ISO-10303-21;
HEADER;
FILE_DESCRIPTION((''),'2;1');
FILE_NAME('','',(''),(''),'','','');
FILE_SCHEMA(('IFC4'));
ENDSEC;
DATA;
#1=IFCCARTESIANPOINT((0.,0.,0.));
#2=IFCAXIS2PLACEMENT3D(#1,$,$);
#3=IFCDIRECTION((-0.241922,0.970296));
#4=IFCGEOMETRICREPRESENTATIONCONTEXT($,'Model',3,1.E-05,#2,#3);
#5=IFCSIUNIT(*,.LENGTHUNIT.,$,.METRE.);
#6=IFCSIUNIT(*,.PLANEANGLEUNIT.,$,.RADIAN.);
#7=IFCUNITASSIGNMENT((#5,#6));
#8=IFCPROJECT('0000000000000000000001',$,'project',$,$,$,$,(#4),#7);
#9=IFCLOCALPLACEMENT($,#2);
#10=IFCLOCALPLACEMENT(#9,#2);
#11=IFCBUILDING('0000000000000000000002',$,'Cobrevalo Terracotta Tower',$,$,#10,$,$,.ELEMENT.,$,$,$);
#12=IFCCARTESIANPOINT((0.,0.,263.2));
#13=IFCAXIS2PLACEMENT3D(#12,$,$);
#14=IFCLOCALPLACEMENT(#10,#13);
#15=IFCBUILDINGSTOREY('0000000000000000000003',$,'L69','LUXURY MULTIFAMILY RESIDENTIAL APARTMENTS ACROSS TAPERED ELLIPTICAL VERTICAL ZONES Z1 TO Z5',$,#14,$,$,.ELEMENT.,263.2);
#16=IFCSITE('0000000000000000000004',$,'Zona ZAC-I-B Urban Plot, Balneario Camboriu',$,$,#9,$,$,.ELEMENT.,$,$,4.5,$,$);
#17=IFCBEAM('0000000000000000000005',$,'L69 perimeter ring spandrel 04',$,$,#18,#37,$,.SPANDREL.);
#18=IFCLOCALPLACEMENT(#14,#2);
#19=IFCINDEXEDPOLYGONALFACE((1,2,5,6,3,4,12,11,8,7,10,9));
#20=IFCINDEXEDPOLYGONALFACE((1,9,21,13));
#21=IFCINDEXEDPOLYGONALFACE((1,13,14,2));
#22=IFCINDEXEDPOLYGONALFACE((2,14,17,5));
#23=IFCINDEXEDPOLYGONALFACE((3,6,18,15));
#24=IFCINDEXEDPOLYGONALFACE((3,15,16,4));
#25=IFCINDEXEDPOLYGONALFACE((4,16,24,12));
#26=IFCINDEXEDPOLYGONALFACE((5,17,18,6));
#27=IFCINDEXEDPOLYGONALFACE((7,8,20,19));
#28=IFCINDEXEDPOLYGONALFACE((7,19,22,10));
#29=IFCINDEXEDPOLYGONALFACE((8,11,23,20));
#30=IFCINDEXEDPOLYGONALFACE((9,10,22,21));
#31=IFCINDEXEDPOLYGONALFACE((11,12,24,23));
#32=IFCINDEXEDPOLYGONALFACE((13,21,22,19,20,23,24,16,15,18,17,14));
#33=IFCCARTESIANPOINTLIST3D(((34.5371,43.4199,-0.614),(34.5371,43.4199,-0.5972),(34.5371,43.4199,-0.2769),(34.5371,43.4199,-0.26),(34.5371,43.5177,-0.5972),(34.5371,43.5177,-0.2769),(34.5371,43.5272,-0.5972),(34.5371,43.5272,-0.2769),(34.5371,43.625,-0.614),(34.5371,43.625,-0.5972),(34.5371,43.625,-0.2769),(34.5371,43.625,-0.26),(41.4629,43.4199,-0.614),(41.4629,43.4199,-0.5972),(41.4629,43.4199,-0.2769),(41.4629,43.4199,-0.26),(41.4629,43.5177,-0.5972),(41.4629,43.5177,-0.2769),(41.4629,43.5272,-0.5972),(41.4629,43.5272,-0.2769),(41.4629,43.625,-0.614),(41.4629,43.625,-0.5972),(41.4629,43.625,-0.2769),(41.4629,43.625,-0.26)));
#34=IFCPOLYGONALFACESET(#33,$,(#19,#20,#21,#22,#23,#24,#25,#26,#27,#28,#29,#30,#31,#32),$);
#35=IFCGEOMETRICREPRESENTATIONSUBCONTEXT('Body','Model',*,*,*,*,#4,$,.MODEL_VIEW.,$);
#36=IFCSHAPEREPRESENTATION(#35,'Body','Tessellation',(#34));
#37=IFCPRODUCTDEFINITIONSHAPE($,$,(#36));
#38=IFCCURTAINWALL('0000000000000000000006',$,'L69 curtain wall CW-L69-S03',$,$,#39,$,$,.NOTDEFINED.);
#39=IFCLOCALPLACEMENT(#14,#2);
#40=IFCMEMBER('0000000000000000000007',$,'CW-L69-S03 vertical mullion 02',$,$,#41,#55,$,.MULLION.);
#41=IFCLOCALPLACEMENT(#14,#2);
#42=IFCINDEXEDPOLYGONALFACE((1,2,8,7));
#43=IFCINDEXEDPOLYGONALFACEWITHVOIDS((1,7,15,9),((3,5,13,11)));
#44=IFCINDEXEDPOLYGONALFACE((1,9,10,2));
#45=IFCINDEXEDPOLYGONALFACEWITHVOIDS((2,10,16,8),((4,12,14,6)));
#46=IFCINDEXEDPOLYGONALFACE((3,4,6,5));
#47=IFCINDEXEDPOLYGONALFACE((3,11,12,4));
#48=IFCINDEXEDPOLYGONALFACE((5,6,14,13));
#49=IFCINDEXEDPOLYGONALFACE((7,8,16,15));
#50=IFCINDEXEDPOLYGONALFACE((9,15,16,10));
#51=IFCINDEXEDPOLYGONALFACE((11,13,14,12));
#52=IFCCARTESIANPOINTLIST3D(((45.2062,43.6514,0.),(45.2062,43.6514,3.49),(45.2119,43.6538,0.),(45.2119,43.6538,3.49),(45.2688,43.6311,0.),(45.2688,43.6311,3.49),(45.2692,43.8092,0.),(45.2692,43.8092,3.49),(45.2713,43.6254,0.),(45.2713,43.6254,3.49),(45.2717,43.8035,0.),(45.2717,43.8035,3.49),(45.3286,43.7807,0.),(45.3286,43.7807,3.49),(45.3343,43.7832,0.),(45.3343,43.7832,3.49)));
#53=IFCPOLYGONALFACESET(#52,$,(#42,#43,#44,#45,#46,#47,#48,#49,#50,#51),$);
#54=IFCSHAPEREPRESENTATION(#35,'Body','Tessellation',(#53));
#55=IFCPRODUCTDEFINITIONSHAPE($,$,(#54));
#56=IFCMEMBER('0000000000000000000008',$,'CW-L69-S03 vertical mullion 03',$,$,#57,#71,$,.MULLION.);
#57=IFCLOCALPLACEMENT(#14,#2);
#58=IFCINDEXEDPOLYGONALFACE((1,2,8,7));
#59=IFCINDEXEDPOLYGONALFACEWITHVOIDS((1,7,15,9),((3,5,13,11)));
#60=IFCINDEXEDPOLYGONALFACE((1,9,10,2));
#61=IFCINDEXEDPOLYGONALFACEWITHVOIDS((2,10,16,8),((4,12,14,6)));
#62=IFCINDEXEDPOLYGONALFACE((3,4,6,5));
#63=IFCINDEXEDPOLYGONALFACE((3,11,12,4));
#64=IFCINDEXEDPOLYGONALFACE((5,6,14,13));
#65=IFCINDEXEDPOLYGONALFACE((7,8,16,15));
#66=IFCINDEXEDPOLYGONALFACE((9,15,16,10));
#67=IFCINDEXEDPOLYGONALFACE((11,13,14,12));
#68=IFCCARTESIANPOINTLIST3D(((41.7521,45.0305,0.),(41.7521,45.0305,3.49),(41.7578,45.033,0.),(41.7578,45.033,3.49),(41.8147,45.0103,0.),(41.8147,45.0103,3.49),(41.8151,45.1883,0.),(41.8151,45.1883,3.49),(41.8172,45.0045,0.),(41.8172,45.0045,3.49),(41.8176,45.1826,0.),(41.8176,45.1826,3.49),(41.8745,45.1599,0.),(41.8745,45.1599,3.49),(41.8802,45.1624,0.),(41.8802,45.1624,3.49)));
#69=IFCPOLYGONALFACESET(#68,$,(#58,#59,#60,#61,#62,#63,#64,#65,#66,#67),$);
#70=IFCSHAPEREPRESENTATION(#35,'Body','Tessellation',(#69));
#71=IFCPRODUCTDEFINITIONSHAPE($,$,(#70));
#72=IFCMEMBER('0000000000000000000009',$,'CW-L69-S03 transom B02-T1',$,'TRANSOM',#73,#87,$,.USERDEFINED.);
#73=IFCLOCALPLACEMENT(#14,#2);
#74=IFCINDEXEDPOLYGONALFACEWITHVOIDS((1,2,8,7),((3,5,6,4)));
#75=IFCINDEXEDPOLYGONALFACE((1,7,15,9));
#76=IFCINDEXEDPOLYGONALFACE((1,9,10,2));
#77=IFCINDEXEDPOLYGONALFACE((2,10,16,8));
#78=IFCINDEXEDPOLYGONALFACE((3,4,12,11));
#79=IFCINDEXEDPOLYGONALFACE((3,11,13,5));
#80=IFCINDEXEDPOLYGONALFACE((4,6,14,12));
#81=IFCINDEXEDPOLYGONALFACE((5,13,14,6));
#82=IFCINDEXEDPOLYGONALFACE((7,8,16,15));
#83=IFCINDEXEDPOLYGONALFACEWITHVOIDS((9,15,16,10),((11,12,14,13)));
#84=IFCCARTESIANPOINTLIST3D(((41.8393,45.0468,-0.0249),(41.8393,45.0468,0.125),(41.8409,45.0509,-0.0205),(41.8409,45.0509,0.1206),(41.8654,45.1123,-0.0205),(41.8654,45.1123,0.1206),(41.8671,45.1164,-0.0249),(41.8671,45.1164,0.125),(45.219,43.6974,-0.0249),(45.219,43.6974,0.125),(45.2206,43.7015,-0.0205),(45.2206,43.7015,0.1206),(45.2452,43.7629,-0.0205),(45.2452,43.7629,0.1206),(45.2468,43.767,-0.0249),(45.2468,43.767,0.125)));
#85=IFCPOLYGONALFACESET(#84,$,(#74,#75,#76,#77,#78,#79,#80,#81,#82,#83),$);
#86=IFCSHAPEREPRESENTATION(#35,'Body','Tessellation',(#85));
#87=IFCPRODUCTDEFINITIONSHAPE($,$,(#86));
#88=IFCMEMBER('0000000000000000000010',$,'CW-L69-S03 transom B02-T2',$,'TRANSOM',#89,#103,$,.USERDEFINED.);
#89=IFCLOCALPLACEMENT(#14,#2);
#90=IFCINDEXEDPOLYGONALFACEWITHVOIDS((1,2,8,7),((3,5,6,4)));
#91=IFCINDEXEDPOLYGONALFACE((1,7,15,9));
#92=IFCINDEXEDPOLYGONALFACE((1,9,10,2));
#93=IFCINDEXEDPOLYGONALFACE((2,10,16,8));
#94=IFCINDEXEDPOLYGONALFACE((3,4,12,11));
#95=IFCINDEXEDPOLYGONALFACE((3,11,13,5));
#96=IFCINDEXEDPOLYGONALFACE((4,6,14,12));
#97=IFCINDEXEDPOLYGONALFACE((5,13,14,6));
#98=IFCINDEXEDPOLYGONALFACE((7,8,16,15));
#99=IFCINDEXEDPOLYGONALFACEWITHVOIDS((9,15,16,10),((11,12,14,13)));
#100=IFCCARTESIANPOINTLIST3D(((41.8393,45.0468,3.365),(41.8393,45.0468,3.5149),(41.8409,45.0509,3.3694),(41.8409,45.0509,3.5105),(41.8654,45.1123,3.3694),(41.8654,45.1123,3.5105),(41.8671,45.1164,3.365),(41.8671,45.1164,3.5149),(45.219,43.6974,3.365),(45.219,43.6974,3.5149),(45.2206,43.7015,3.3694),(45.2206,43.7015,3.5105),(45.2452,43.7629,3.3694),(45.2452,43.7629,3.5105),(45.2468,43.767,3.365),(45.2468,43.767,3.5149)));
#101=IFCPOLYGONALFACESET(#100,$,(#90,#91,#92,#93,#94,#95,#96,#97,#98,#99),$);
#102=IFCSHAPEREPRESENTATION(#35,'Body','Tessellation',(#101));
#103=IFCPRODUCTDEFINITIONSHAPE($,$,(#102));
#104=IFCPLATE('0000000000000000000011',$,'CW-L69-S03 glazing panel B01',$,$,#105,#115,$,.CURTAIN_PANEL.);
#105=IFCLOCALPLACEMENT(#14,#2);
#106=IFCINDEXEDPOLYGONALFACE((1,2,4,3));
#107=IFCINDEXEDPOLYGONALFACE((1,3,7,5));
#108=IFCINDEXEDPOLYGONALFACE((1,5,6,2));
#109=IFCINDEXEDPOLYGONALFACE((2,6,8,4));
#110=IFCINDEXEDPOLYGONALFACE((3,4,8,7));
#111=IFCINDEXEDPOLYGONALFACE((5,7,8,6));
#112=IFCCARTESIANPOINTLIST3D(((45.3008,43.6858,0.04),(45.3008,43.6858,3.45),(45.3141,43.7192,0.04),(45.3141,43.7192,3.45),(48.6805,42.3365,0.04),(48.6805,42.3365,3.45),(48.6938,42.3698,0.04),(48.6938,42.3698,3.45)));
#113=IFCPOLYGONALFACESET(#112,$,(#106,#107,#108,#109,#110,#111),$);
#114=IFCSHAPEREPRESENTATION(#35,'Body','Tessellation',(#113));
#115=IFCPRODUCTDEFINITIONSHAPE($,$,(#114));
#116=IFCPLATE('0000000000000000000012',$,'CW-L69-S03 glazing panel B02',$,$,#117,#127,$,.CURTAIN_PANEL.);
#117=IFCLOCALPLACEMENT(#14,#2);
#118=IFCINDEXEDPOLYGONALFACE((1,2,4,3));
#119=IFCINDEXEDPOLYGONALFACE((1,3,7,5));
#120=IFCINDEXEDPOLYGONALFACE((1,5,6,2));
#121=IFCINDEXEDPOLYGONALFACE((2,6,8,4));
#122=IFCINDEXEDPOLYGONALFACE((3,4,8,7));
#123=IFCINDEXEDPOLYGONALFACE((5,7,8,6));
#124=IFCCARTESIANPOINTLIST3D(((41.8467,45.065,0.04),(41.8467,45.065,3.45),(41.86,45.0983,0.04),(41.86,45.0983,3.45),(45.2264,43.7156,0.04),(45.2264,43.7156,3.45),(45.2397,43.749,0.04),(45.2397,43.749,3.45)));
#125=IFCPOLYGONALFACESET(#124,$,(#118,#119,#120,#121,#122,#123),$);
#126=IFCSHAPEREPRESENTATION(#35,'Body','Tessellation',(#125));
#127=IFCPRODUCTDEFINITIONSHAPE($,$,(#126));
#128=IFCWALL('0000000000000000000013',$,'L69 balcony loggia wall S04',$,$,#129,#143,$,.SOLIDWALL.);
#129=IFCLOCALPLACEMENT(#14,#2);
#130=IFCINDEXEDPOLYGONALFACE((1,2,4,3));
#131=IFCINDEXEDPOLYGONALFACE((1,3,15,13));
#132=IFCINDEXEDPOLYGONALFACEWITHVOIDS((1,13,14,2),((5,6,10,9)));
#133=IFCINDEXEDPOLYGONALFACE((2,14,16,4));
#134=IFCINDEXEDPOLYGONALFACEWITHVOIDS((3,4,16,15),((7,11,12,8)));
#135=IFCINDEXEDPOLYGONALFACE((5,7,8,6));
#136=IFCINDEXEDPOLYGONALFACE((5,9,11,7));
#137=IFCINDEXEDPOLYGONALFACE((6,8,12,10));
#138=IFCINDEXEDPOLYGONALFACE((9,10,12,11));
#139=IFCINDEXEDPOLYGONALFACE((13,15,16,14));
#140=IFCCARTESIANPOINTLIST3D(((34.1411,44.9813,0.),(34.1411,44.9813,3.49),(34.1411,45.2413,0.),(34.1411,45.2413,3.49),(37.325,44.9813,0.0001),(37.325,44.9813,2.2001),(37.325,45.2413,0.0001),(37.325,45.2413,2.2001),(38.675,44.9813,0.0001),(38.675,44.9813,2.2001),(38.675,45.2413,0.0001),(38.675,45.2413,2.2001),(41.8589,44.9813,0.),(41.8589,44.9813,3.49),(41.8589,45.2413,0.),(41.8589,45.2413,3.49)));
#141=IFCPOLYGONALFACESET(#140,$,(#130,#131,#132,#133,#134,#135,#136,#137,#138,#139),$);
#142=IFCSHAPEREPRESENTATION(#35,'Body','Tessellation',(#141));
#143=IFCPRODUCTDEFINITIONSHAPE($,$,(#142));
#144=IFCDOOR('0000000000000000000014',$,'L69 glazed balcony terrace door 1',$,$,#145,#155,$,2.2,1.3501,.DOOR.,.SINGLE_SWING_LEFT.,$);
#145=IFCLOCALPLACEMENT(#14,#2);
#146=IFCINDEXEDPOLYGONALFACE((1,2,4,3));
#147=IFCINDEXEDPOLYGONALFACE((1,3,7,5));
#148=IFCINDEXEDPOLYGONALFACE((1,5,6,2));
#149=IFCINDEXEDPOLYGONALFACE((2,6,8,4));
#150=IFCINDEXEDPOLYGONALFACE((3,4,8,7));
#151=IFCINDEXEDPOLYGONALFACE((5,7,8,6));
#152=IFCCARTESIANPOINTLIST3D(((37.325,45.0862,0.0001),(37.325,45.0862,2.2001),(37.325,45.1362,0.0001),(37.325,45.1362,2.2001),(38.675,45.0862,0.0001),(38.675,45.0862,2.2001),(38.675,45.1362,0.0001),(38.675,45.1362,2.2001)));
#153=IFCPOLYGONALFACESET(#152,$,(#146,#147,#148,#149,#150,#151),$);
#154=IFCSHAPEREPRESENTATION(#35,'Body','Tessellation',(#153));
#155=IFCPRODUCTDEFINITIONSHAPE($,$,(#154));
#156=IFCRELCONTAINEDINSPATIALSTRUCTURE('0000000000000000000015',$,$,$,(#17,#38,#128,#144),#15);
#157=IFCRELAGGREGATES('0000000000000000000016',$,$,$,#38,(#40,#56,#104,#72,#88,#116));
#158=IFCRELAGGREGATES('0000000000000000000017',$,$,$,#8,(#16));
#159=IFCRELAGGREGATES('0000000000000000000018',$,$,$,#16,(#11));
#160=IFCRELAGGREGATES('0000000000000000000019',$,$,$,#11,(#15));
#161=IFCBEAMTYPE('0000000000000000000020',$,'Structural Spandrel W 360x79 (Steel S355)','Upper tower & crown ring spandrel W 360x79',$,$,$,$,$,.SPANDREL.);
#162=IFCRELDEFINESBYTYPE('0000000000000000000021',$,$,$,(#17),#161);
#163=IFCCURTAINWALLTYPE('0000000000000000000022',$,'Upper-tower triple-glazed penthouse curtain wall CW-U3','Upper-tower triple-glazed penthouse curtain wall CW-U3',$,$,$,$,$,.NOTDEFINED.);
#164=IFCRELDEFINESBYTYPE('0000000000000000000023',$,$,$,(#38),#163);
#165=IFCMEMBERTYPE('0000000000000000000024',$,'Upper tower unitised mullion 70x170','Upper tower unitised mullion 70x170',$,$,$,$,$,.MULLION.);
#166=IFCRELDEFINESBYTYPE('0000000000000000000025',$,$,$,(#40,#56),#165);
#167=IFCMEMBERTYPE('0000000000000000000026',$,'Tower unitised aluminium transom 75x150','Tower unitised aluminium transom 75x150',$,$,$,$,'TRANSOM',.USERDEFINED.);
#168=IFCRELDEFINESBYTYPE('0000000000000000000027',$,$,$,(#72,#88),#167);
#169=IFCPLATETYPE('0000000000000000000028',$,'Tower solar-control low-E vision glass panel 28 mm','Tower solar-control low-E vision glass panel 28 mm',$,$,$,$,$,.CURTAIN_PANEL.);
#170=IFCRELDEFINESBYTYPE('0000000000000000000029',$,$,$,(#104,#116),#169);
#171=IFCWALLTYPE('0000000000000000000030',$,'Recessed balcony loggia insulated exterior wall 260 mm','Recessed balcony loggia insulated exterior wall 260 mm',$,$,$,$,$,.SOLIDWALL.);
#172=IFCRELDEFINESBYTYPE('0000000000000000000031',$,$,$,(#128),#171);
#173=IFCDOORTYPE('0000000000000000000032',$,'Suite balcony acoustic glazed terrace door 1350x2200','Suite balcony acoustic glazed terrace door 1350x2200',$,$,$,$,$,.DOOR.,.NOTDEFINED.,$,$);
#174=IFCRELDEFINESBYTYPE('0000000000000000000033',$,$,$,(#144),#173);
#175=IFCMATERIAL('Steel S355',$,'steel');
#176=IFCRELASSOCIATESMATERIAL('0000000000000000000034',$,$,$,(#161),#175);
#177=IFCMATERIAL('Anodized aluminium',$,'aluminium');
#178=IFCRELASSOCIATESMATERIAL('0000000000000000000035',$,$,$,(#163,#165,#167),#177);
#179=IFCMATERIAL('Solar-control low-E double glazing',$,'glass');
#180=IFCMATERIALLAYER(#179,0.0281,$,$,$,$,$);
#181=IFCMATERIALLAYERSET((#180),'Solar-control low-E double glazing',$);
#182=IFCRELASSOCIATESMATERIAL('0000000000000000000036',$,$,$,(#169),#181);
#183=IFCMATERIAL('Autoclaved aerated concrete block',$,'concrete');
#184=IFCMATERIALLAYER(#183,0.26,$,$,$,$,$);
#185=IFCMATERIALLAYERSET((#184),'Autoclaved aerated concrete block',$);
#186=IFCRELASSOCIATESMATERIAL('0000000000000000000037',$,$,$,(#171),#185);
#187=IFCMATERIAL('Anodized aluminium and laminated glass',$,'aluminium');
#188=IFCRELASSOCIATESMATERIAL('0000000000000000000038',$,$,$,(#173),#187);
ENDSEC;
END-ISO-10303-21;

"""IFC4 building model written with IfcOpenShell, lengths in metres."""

from ifc_helpers import new_model, si_unit, direction, frame, frame_2d, origin, origin_2d, place, context, subcontext, project, spatial, rectangle, hollow_rectangle, i_section, extrude, source, transform, mapped, material, layer, layer_set, material_profile, profile_set, type_object, element, fill, aggregate, save


model = new_model("IFC4")

# Units and contexts
model_context = context("Model", 3, precision=1e-05, world=origin(), true_north=direction((-0.241922, 0.970296)))
body_context = subcontext(model_context, "Body", "Model", "MODEL_VIEW")
ifc_project = project(units=[si_unit("LENGTHUNIT", "METRE"), si_unit("PLANEANGLEUNIT", "RADIAN")], contexts=[model_context])

# Site, building, storey
site_placement = place(None, origin())
site = spatial("IfcSite", under=ifc_project, at=site_placement, Name="Zona ZAC-I-B Urban Plot, Balneario Camboriu", CompositionType="ELEMENT", RefElevation=4.5)
building_placement = place(site_placement, origin())
building = spatial("IfcBuilding", under=site, at=building_placement, Name="Cobrevalo Terracotta Tower", CompositionType="ELEMENT")
storey_placement = place(building_placement, frame((0.0, 0.0, 263.2)))
storey = spatial("IfcBuildingStorey", under=building, at=storey_placement, Name="L69", Description="LUXURY MULTIFAMILY RESIDENTIAL APARTMENTS ACROSS TAPERED ELLIPTICAL VERTICAL ZONES Z1 TO Z5", CompositionType="ELEMENT", Elevation=263.2)

# Shared definitions
ifc_material_1 = material(Name="Steel S355", Category="steel")

# Beam
ifc_material_profile_1 = material_profile(ifc_material_1, i_section(OverallWidth=0.2051, OverallDepth=0.354, WebThickness=0.0095, FlangeThickness=0.0168, at=origin_2d()), Name="W 360x79")
ifc_profile_set_1 = profile_set([ifc_material_profile_1], Name="Steel S355")
beam_type_1 = type_object("IfcBeamType", Name="Structural Spandrel W 360x79 (Steel S355)", Description="Upper tower & crown ring spandrel W 360x79", PredefinedType="SPANDREL", material=ifc_profile_set_1)
beam_1_placement = place(storey_placement, frame((41.4629, 43.5225, -0.437), z_axis=(-1.0, 0.0, 0.0), x_axis=(0.0, -1.0, 0.0)))
element("IfcBeam", 1, at=beam_1_placement, inside=storey, type_object=beam_type_1, Name="L69 perimeter ring spandrel 04", PredefinedType="SPANDREL", context=body_context, shape_type="SweptSolid", body=[
    extrude(i_section(OverallWidth=0.2051, OverallDepth=0.354, WebThickness=0.0095, FlangeThickness=0.0168, at=origin_2d()), origin(), (0.0, 0.0, 1.0), 6.9258),
])

# Curtain wall, members, plates
ifc_material_2 = material(Name="Anodized aluminium", Category="aluminium")
curtain_wall_type = type_object("IfcCurtainWallType", Name="Upper-tower triple-glazed penthouse curtain wall CW-U3", Description="Upper-tower triple-glazed penthouse curtain wall CW-U3", PredefinedType="NOTDEFINED", material=ifc_material_2)
curtain_wall_placement = place(storey_placement, origin())
curtain_wall = element("IfcCurtainWall", 2, at=curtain_wall_placement, inside=storey, type_object=curtain_wall_type, Name="L69 curtain wall CW-L69-S03", PredefinedType="NOTDEFINED")
ifc_material_profile_2 = material_profile(ifc_material_2, hollow_rectangle(XDim=0.0701, YDim=0.1699, WallThickness=0.0044, at=origin_2d()), Name="CWM 70x170")
ifc_profile_set_2 = profile_set([ifc_material_profile_2], Name="Anodized aluminium")
member_type_1 = type_object("IfcMemberType", Name="Upper tower unitised mullion 70x170", Description="Upper tower unitised mullion 70x170", PredefinedType="MULLION", material=ifc_profile_set_2)
shared_shape_1 = source(origin(), body_context, "Body", "SweptSolid", [
    extrude(hollow_rectangle(XDim=0.0701, YDim=0.1699, WallThickness=0.0044, at=origin_2d()), origin(), (0.0, 0.0, 1.0), 3.49),
])
member_1_placement = place(storey_placement, frame((45.2703, 43.7173, 0.0), z_axis=(0.0, 0.0, 1.0), x_axis=(-0.928719, 0.370784, 0.0)))
member_1 = element("IfcMember", 3, at=member_1_placement, type_object=member_type_1, Name="CW-L69-S03 vertical mullion 02", PredefinedType="MULLION", context=body_context, shape_type="MappedRepresentation", body=[
    mapped(shared_shape_1, transform((0.0, 0.0, 0.0), scale=1.0)),
])
member_2_placement = place(storey_placement, frame((41.8162, 45.0964, 0.0), z_axis=(0.0, 0.0, 1.0), x_axis=(-0.928719, 0.370784, 0.0)))
member_2 = element("IfcMember", 4, at=member_2_placement, type_object=member_type_1, Name="CW-L69-S03 vertical mullion 03", PredefinedType="MULLION", context=body_context, shape_type="MappedRepresentation", body=[
    mapped(shared_shape_1, transform((0.0, 0.0, 0.0), scale=1.0)),
])
ifc_material_profile_3 = material_profile(ifc_material_2, hollow_rectangle(XDim=0.075, YDim=0.1499, WallThickness=0.0044, at=origin_2d()), Name="CWT 75x150")
ifc_profile_set_3 = profile_set([ifc_material_profile_3], Name="Anodized aluminium")
member_type_2 = type_object("IfcMemberType", Name="Tower unitised aluminium transom 75x150", Description="Tower unitised aluminium transom 75x150", ElementType="TRANSOM", PredefinedType="USERDEFINED", material=ifc_profile_set_3)
shared_shape_2 = source(origin(), body_context, "Body", "SweptSolid", [
    extrude(hollow_rectangle(XDim=0.075, YDim=0.1499, WallThickness=0.0044, at=origin_2d()), origin(), (0.0, 0.0, 1.0), 3.6392),
])
member_3_placement = place(storey_placement, frame((45.2329, 43.7322, 0.05), z_axis=(-0.928712, 0.370801, 0.0), x_axis=(-0.370801, -0.928712, 0.0)))
member_3 = element("IfcMember", 5, at=member_3_placement, type_object=member_type_2, Name="CW-L69-S03 transom B02-T1", ObjectType="TRANSOM", PredefinedType="USERDEFINED", context=body_context, shape_type="MappedRepresentation", body=[
    mapped(shared_shape_2, transform((0.0, 0.0, 0.0), scale=1.0)),
])
member_4_placement = place(storey_placement, frame((45.2329, 43.7322, 3.4399), z_axis=(-0.928712, 0.370801, 0.0), x_axis=(-0.370801, -0.928712, 0.0)))
member_4 = element("IfcMember", 6, at=member_4_placement, type_object=member_type_2, Name="CW-L69-S03 transom B02-T2", ObjectType="TRANSOM", PredefinedType="USERDEFINED", context=body_context, shape_type="MappedRepresentation", body=[
    mapped(shared_shape_2, transform((0.0, 0.0, 0.0), scale=1.0)),
])
ifc_material_3 = material(Name="Solar-control low-E double glazing", Category="glass")
ifc_layer_1 = layer(ifc_material_3, 0.0281)
ifc_layer_set_1 = layer_set([ifc_layer_1], Name="Solar-control low-E double glazing")
plate_type = type_object("IfcPlateType", Name="Tower solar-control low-E vision glass panel 28 mm", Description="Tower solar-control low-E vision glass panel 28 mm", PredefinedType="CURTAIN_PANEL", material=ifc_layer_set_1)
shared_shape_3 = source(origin(), body_context, "Body", "SweptSolid", [
    extrude(rectangle(XDim=3.6392, YDim=0.0359, at=origin_2d()), origin(), (0.0, 0.0, 1.0), 3.4099),
])
plate_1_placement = place(storey_placement, frame((46.9973, 43.0278, 0.04), z_axis=(0.0, 0.0, 1.0), x_axis=(-0.928718, 0.370786, 0.0)))
plate_1 = element("IfcPlate", 7, at=plate_1_placement, type_object=plate_type, Name="CW-L69-S03 glazing panel B01", PredefinedType="CURTAIN_PANEL", context=body_context, shape_type="MappedRepresentation", body=[
    mapped(shared_shape_3, transform((0.0, 0.0, 0.0), scale=1.0)),
])
plate_2_placement = place(storey_placement, frame((43.5432, 44.407, 0.04), z_axis=(0.0, 0.0, 1.0), x_axis=(-0.928718, 0.370786, 0.0)))
plate_2 = element("IfcPlate", 8, at=plate_2_placement, type_object=plate_type, Name="CW-L69-S03 glazing panel B02", PredefinedType="CURTAIN_PANEL", context=body_context, shape_type="MappedRepresentation", body=[
    mapped(shared_shape_3, transform((0.0, 0.0, 0.0), scale=1.0)),
])
aggregate(curtain_wall, [member_1, member_2, plate_1, member_3, member_4, plate_2])

# Wall, opening, door
ifc_material_4 = material(Name="Autoclaved aerated concrete block", Category="concrete")
ifc_layer_2 = layer(ifc_material_4, 0.26)
ifc_layer_set_2 = layer_set([ifc_layer_2], Name="Autoclaved aerated concrete block")
wall_type_1 = type_object("IfcWallType", Name="Recessed balcony loggia insulated exterior wall 260 mm", Description="Recessed balcony loggia insulated exterior wall 260 mm", PredefinedType="SOLIDWALL", material=ifc_layer_set_2)
wall_1_placement = place(storey_placement, frame((41.8589, 45.1113, 0.0), z_axis=(0.0, 0.0, 1.0), x_axis=(-1.0, 0.0, 0.0)))
wall_1 = element("IfcWall", 9, at=wall_1_placement, inside=storey, type_object=wall_type_1, Name="L69 balcony loggia wall S04", PredefinedType="SOLIDWALL", context=body_context, shape_type="SweptSolid", body=[
    extrude(rectangle(XDim=7.7178, YDim=0.26, at=frame_2d((3.8589, 0.0))), origin(), (0.0, 0.0, 1.0), 3.49),
])
opening_1_placement = place(wall_1_placement, frame((3.1838, 0.0, 0.0)))
opening_1 = element("IfcOpeningElement", 10, at=opening_1_placement, cuts=wall_1, PredefinedType="OPENING", context=body_context, shape_type="SweptSolid", body=[
    extrude(rectangle(XDim=1.3501, YDim=2.2, at=frame_2d((0.675, 1.1001))), frame((0.0, 0.1401, 0.0), z_axis=(0.0, -1.0, 0.0), x_axis=(1.0, 0.0, 0.0)), (0.0, 0.0, 1.0), 0.28),
])
ifc_material_5 = material(Name="Anodized aluminium and laminated glass", Category="aluminium")
door_type_1 = type_object("IfcDoorType", Name="Suite balcony acoustic glazed terrace door 1350x2200", Description="Suite balcony acoustic glazed terrace door 1350x2200", OperationType="NOTDEFINED", PredefinedType="DOOR", material=ifc_material_5)
shared_shape_4 = source(origin(), body_context, "Body", "SweptSolid", [
    extrude(rectangle(XDim=1.3501, YDim=2.2, at=frame_2d((0.675, 1.1001))), frame((0.0, 0.0249, 0.0), z_axis=(0.0, -1.0, 0.0), x_axis=(1.0, 0.0, 0.0)), (0.0, 0.0, 1.0), 0.05),
])
door_1_placement = place(opening_1_placement, frame((1.3501, 0.0, 0.0), z_axis=(0.0, 0.0, 1.0), x_axis=(-1.0, 0.0, 0.0)))
door_1 = element("IfcDoor", 11, at=door_1_placement, inside=storey, type_object=door_type_1, Name="L69 glazed balcony terrace door 1", OperationType="SINGLE_SWING_LEFT", OverallHeight=2.2, OverallWidth=1.3501, PredefinedType="DOOR", context=body_context, shape_type="MappedRepresentation", body=[
    mapped(shared_shape_4, transform((0.0, 0.0, 0.0), scale=1.0)),
])
fill(opening_1, door_1)

save(model, "model.ifc")
